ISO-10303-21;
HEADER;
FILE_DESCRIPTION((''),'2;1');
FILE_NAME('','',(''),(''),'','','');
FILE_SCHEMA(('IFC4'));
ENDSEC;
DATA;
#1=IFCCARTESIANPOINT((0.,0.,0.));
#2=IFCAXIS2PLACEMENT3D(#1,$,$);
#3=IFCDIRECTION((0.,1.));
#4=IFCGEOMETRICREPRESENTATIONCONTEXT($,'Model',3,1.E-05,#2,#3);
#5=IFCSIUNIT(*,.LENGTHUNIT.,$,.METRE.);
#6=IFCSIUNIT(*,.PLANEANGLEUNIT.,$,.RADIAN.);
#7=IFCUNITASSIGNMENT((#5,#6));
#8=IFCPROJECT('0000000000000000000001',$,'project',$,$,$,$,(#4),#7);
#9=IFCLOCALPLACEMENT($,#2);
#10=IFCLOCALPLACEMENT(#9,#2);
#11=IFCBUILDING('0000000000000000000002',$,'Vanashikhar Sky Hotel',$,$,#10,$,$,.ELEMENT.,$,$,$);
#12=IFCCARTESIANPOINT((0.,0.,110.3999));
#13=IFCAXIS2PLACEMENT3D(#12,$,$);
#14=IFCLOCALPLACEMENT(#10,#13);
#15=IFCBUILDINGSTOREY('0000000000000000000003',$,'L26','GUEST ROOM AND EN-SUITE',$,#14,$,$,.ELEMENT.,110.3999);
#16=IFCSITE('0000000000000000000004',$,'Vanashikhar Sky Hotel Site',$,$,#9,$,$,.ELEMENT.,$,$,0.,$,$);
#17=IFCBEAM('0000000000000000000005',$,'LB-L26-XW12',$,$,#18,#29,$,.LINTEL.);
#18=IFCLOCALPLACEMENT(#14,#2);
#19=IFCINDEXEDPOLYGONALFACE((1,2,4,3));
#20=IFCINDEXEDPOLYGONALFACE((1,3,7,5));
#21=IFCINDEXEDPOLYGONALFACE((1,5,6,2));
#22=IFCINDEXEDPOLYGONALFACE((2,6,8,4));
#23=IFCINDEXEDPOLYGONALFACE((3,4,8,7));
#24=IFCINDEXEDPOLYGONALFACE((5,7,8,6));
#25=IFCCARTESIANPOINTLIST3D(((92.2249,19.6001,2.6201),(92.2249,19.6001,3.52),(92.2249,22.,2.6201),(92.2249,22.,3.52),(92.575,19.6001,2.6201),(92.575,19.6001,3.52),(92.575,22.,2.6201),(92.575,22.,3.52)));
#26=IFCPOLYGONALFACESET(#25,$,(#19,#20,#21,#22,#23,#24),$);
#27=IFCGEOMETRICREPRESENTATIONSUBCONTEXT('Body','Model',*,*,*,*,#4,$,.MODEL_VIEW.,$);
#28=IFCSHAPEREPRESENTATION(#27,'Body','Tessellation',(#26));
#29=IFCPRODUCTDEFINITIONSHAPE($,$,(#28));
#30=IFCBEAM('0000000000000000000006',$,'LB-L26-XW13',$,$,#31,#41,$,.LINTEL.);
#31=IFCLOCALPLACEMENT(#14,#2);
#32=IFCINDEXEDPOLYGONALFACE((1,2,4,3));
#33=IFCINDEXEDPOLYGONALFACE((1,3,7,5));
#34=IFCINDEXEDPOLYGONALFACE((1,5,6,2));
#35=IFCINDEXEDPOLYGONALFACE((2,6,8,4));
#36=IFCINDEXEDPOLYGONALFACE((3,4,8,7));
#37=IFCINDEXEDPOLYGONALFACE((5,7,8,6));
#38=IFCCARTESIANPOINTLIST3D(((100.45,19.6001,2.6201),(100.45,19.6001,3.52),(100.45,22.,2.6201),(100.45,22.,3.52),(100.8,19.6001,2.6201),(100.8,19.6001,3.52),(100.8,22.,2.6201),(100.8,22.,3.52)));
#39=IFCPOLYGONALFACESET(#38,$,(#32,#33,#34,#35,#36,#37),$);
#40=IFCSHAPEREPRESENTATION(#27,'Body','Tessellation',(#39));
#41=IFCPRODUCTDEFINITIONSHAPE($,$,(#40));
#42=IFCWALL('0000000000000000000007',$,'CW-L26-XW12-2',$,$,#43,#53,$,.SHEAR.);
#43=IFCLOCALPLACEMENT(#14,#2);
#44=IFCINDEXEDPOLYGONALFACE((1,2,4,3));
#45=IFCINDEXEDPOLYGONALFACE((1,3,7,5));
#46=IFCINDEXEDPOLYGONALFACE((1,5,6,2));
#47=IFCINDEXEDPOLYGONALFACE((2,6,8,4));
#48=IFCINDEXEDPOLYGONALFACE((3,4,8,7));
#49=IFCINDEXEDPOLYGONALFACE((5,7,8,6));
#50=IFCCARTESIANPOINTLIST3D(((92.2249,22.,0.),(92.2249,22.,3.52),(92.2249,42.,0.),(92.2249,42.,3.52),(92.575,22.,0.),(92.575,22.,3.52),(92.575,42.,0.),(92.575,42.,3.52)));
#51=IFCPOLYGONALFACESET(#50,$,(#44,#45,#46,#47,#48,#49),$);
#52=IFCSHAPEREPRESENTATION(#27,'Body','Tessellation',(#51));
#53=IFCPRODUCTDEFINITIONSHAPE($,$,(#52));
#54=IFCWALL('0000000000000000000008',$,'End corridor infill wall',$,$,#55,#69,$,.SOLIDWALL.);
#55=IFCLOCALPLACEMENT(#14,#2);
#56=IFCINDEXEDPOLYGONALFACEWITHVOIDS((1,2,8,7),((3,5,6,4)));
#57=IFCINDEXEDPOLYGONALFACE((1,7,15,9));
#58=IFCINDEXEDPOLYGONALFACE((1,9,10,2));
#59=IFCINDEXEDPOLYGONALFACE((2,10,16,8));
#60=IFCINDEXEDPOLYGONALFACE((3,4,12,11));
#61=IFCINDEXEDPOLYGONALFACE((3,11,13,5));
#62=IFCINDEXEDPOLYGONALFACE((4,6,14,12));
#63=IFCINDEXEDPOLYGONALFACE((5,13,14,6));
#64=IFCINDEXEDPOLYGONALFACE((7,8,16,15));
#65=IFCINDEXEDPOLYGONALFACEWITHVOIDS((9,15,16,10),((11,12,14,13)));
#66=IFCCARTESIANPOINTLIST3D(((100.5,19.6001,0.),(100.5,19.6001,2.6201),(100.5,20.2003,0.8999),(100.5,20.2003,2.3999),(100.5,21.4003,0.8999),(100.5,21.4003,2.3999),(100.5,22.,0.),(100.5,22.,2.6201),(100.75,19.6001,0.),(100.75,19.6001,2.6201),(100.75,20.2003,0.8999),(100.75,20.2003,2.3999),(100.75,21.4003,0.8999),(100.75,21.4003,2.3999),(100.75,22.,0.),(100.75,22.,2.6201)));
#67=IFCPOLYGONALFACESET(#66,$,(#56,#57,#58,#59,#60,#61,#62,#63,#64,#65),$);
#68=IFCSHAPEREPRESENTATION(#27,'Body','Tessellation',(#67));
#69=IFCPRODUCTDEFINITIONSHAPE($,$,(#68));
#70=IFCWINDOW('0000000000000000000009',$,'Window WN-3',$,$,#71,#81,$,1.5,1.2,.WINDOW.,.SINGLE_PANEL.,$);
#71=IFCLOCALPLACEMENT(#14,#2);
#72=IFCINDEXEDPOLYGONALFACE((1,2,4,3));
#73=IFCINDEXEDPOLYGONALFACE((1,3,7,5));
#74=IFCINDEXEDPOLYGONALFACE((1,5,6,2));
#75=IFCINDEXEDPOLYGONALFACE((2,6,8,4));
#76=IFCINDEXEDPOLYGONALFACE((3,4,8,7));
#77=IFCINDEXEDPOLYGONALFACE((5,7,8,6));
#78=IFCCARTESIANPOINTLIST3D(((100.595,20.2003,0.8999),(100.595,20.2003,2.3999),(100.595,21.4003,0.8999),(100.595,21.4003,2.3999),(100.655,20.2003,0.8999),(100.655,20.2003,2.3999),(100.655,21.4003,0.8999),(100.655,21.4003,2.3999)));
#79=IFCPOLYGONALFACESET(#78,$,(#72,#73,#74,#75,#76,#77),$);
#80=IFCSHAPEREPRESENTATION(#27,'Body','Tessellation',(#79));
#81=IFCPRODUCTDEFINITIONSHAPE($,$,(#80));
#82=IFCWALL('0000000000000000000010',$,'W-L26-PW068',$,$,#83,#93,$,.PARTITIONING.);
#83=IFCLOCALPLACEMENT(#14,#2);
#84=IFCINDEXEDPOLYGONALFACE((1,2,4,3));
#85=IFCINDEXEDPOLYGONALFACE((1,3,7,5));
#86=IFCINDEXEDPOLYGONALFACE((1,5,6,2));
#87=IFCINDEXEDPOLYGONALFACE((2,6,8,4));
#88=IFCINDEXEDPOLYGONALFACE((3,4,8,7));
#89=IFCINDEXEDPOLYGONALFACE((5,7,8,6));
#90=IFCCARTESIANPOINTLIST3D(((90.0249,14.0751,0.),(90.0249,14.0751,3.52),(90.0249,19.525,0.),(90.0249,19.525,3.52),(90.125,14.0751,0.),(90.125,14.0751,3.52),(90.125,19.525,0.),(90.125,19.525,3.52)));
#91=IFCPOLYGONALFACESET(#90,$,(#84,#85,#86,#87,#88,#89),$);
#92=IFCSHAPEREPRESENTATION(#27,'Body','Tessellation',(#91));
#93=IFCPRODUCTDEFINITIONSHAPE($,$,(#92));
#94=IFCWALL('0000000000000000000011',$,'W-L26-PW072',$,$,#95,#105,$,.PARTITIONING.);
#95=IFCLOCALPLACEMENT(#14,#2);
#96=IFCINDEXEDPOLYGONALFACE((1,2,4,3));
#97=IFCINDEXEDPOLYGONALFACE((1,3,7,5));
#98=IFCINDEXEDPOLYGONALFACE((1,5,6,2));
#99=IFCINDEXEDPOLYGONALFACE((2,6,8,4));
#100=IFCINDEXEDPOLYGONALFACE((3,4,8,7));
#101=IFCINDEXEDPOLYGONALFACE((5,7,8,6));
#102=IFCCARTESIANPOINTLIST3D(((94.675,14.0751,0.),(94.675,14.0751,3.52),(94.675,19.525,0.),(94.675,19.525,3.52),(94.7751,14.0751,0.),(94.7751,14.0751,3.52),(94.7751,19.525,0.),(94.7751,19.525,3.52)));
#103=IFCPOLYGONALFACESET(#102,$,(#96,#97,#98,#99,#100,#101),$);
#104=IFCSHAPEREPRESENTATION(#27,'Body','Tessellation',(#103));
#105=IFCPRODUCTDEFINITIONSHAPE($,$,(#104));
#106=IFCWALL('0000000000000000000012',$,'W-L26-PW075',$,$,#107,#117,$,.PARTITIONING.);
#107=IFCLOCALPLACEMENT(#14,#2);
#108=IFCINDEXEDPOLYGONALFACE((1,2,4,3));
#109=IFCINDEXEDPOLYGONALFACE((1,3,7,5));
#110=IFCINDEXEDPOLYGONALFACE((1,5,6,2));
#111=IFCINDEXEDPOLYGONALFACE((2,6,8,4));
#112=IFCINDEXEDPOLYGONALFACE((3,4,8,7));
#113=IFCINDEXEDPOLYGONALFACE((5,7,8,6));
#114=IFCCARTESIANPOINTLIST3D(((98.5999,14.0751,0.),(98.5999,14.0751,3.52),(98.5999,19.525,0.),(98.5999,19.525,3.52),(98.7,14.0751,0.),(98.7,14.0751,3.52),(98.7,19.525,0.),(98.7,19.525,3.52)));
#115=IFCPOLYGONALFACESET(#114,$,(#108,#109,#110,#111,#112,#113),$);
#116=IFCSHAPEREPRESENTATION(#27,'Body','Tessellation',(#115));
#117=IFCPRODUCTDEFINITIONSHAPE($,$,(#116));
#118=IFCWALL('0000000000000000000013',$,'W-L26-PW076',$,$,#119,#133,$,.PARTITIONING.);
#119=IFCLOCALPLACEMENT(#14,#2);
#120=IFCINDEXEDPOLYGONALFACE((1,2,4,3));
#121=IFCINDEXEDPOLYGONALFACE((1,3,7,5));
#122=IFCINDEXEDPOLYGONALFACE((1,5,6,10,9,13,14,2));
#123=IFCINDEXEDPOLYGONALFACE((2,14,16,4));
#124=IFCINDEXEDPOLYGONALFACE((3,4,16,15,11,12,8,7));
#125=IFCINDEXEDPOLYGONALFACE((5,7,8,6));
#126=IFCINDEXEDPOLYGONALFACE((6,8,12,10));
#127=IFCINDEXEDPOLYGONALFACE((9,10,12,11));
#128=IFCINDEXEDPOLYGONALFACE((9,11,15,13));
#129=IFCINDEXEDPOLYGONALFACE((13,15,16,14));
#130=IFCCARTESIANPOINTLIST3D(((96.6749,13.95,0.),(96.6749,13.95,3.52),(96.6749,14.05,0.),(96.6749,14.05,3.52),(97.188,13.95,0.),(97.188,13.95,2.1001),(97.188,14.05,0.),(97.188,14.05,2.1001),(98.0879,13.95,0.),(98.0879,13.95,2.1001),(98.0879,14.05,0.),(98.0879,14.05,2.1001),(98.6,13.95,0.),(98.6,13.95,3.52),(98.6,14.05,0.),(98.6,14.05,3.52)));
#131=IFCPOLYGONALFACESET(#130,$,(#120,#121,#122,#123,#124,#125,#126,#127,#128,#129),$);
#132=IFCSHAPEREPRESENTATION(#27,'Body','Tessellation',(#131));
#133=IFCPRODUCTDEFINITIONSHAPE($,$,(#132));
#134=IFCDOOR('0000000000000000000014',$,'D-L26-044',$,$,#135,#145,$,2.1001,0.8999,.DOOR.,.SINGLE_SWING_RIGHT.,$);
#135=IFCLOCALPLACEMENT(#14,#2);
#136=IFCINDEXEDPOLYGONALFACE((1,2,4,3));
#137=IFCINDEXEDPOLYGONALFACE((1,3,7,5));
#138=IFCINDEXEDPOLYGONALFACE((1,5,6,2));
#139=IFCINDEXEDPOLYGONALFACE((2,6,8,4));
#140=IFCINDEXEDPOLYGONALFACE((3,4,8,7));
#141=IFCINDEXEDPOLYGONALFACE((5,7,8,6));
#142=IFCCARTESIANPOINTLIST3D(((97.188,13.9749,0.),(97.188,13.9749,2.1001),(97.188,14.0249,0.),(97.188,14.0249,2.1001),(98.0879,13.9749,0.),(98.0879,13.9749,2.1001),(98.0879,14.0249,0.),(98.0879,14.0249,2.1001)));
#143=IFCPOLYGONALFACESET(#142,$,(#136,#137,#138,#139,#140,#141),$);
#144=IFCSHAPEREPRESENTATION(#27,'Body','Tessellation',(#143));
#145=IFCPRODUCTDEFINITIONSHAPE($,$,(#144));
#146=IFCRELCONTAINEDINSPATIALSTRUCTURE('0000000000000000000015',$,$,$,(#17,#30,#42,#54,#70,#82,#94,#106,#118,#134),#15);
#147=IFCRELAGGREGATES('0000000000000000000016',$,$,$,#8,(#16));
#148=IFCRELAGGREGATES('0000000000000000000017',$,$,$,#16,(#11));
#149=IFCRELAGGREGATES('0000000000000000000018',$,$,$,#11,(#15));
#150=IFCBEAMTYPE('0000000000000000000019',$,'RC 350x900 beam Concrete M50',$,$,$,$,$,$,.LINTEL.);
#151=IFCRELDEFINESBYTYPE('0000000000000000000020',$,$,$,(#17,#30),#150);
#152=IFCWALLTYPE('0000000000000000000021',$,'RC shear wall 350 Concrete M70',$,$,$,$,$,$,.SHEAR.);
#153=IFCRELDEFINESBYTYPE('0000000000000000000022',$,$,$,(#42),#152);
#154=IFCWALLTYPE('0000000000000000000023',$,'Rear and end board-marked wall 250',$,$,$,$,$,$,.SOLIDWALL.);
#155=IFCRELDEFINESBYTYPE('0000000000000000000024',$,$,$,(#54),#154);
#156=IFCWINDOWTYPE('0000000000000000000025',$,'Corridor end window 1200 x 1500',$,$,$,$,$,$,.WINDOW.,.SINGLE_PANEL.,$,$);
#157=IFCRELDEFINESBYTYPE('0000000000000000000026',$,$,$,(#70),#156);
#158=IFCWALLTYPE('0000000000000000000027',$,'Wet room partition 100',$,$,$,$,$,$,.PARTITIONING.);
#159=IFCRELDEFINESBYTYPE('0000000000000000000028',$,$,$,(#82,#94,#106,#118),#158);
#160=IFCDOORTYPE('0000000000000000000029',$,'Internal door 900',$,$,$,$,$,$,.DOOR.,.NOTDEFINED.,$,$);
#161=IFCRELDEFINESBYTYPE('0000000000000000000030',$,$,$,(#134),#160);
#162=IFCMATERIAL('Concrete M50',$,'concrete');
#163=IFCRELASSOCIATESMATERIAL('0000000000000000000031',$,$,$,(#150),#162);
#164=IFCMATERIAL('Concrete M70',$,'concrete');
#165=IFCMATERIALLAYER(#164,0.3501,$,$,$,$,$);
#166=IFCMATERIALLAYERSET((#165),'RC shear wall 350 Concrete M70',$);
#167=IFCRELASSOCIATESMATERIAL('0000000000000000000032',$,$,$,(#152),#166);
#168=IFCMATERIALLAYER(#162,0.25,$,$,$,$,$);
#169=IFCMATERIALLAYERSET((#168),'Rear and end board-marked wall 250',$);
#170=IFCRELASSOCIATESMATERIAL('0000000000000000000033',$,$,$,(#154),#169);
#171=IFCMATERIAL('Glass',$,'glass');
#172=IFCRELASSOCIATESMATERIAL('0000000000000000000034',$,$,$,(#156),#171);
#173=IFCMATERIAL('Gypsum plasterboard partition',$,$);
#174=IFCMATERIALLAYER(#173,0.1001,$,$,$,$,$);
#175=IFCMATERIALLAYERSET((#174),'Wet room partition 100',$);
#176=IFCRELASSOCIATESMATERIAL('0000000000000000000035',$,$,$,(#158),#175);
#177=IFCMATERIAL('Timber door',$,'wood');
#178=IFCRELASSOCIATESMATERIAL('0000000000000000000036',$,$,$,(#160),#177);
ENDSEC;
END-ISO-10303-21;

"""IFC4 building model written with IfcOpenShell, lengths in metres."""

from ifc_helpers import new_model, si_unit, direction, frame, frame_2d, origin, origin_2d, place, context, subcontext, project, spatial, rectangle, extrude, source, transform, mapped, material, layer, layer_set, material_profile, profile_set, type_object, element, fill, save


model = new_model("IFC4")

# Units and contexts
model_context = context("Model", 3, precision=1e-05, world=origin(), true_north=direction((0.0, 1.0)))
body_context = subcontext(model_context, "Body", "Model", "MODEL_VIEW")
ifc_project = project(units=[si_unit("LENGTHUNIT", "METRE"), si_unit("PLANEANGLEUNIT", "RADIAN")], contexts=[model_context])

# Site, building, storey
site_placement = place(None, origin())
site = spatial("IfcSite", under=ifc_project, at=site_placement, Name="Vanashikhar Sky Hotel Site", CompositionType="ELEMENT", RefElevation=0.0)
building_placement = place(site_placement, origin())
building = spatial("IfcBuilding", under=site, at=building_placement, Name="Vanashikhar Sky Hotel", CompositionType="ELEMENT")
storey_placement = place(building_placement, frame((0.0, 0.0, 110.3999)))
storey = spatial("IfcBuildingStorey", under=building, at=storey_placement, Name="L26", Description="GUEST ROOM AND EN-SUITE", CompositionType="ELEMENT", Elevation=110.3999)

# Beams
ifc_material_1 = material(Name="Concrete M50", Category="concrete")
ifc_material_profile = material_profile(ifc_material_1, rectangle(XDim=0.3501, YDim=0.8999, at=origin_2d()))
ifc_profile_set = profile_set([ifc_material_profile], Name="RC 350x900 beam Concrete M50")
beam_type = type_object("IfcBeamType", Name="RC 350x900 beam Concrete M50", PredefinedType="LINTEL", material=ifc_profile_set)
shared_shape_1 = source(origin(), body_context, "Body", "SweptSolid", [
    extrude(rectangle(XDim=0.3501, YDim=0.8999, at=origin_2d()), origin(), (0.0, 0.0, 1.0), 2.3999),
])
for number, where, z_axis, x_axis, name in (
    (1, (92.3999, 19.6001, 3.0701), (0.0, 1.0, 0.0), (-1.0, 0.0, 0.0), "LB-L26-XW12"),
    (2, (100.625, 19.6001, 3.0701), (0.0, 1.0, 0.0), (-1.0, 0.0, 0.0), "LB-L26-XW13"),
):
    element("IfcBeam", number, at=place(storey_placement, frame(where, z_axis=z_axis, x_axis=x_axis)), inside=storey, type_object=beam_type, Name=name, PredefinedType="LINTEL", context=body_context, shape_type="MappedRepresentation", body=[
        mapped(shared_shape_1, transform((0.0, 0.0, 0.0), scale=1.0)),
    ])

# Wall
ifc_material_2 = material(Name="Concrete M70", Category="concrete")
ifc_layer_1 = layer(ifc_material_2, 0.3501)
ifc_layer_set_1 = layer_set([ifc_layer_1], Name="RC shear wall 350 Concrete M70")
wall_type_1 = type_object("IfcWallType", Name="RC shear wall 350 Concrete M70", PredefinedType="SHEAR", material=ifc_layer_set_1)
shared_shape_2 = source(origin(), body_context, "Body", "SweptSolid", [
    extrude(rectangle(XDim=20.0, YDim=0.3501, at=frame_2d((10.0, 0.0))), origin(), (0.0, 0.0, 1.0), 3.52),
])
wall_1_placement = place(storey_placement, frame((92.3999, 22.0, 0.0), z_axis=(0.0, 0.0, 1.0), x_axis=(0.0, 1.0, 0.0)))
element("IfcWall", 3, at=wall_1_placement, inside=storey, type_object=wall_type_1, Name="CW-L26-XW12-2", PredefinedType="SHEAR", context=body_context, shape_type="MappedRepresentation", body=[
    mapped(shared_shape_2, transform((0.0, 0.0, 0.0), scale=1.0)),
])

# Wall, opening, window
ifc_layer_2 = layer(ifc_material_1, 0.25)
ifc_layer_set_2 = layer_set([ifc_layer_2], Name="Rear and end board-marked wall 250")
wall_type_2 = type_object("IfcWallType", Name="Rear and end board-marked wall 250", PredefinedType="SOLIDWALL", material=ifc_layer_set_2)
shared_shape_3 = source(origin(), body_context, "Body", "SweptSolid", [
    extrude(rectangle(XDim=2.3999, YDim=0.25, at=frame_2d((1.2, 0.0))), origin(), (0.0, 0.0, 1.0), 2.6201),
])
wall_2_placement = place(storey_placement, frame((100.625, 19.6001, 0.0), z_axis=(0.0, 0.0, 1.0), x_axis=(0.0, 1.0, 0.0)))
wall_2 = element("IfcWall", 4, at=wall_2_placement, inside=storey, type_object=wall_type_2, Name="End corridor infill wall", PredefinedType="SOLIDWALL", context=body_context, shape_type="MappedRepresentation", body=[
    mapped(shared_shape_3, transform((0.0, 0.0, 0.0), scale=1.0)),
])
shared_shape_4 = source(origin(), body_context, "Body", "SweptSolid", [
    extrude(rectangle(XDim=1.2, YDim=1.5, at=frame_2d((0.6001, 0.75))), frame((0.0, 0.135, 0.0), z_axis=(0.0, -1.0, 0.0), x_axis=(1.0, 0.0, 0.0)), (0.0, 0.0, 1.0), 0.27),
])
opening_1_placement = place(wall_2_placement, frame((0.6001, 0.0, 0.8999)))
opening_1 = element("IfcOpeningElement", 5, at=opening_1_placement, cuts=wall_2, PredefinedType="OPENING", context=body_context, shape_type="MappedRepresentation", body=[
    mapped(shared_shape_4, transform((0.0, 0.0, 0.0), scale=1.0)),
])
ifc_material_3 = material(Name="Glass", Category="glass")
window_type = type_object("IfcWindowType", Name="Corridor end window 1200 x 1500", PartitioningType="SINGLE_PANEL", PredefinedType="WINDOW", material=ifc_material_3)
shared_shape_5 = source(origin(), body_context, "Body", "SweptSolid", [
    extrude(rectangle(XDim=1.2, YDim=1.5, at=frame_2d((0.6001, 0.75))), frame((0.0, 0.03, 0.0), z_axis=(0.0, -1.0, 0.0), x_axis=(1.0, 0.0, 0.0)), (0.0, 0.0, 1.0), 0.0601),
])
window_placement = place(opening_1_placement, origin())
window = element("IfcWindow", 6, at=window_placement, inside=storey, type_object=window_type, Name="Window WN-3", OverallHeight=1.5, OverallWidth=1.2, PartitioningType="SINGLE_PANEL", PredefinedType="WINDOW", context=body_context, shape_type="MappedRepresentation", body=[
    mapped(shared_shape_5, transform((0.0, 0.0, 0.0), scale=1.0)),
])
fill(opening_1, window)

# Walls
ifc_material_4 = material(Name="Gypsum plasterboard partition")
ifc_layer_3 = layer(ifc_material_4, 0.1001)
ifc_layer_set_3 = layer_set([ifc_layer_3], Name="Wet room partition 100")
wall_type_3 = type_object("IfcWallType", Name="Wet room partition 100", PredefinedType="PARTITIONING", material=ifc_layer_set_3)
shared_shape_6 = source(origin(), body_context, "Body", "SweptSolid", [
    extrude(rectangle(XDim=5.45, YDim=0.1001, at=frame_2d((2.7251, 0.0))), origin(), (0.0, 0.0, 1.0), 3.52),
])
for number, where, z_axis, x_axis, name in (
    (7, (90.075, 14.075, 0.0), (0.0, 0.0, 1.0), (0.0, 1.0, 0.0), "W-L26-PW068"),
    (8, (94.7251, 14.075, 0.0), (0.0, 0.0, 1.0), (0.0, 1.0, 0.0), "W-L26-PW072"),
    (9, (98.6499, 14.075, 0.0), (0.0, 0.0, 1.0), (0.0, 1.0, 0.0), "W-L26-PW075"),
):
    element("IfcWall", number, at=place(storey_placement, frame(where, z_axis=z_axis, x_axis=x_axis)), inside=storey, type_object=wall_type_3, Name=name, PredefinedType="PARTITIONING", context=body_context, shape_type="MappedRepresentation", body=[
        mapped(shared_shape_6, transform((0.0, 0.0, 0.0), scale=1.0)),
    ])

# Wall, opening, door
shared_shape_7 = source(origin(), body_context, "Body", "SweptSolid", [
    extrude(rectangle(XDim=1.925, YDim=0.1001, at=frame_2d((0.9624, 0.0))), origin(), (0.0, 0.0, 1.0), 3.52),
])
wall_3_placement = place(storey_placement, frame((96.675, 14.0, 0.0), z_axis=(0.0, 0.0, 1.0), x_axis=(1.0, 0.0, 0.0)))
wall_3 = element("IfcWall", 10, at=wall_3_placement, inside=storey, type_object=wall_type_3, Name="W-L26-PW076", PredefinedType="PARTITIONING", context=body_context, shape_type="MappedRepresentation", body=[
    mapped(shared_shape_7, transform((0.0, 0.0, 0.0), scale=1.0)),
])
shared_shape_8 = source(origin(), body_context, "Body", "SweptSolid", [
    extrude(rectangle(XDim=0.8999, YDim=2.1001, at=frame_2d((0.45, 1.05))), frame((0.0, 0.0601, 0.0), z_axis=(0.0, -1.0, 0.0), x_axis=(1.0, 0.0, 0.0)), (0.0, 0.0, 1.0), 0.1201),
])
opening_2_placement = place(wall_3_placement, frame((0.5129, 0.0, 0.0)))
opening_2 = element("IfcOpeningElement", 11, at=opening_2_placement, cuts=wall_3, PredefinedType="OPENING", context=body_context, shape_type="MappedRepresentation", body=[
    mapped(shared_shape_8, transform((0.0, 0.0, 0.0), scale=1.0)),
])
ifc_material_5 = material(Name="Timber door", Category="wood")
door_type_1 = type_object("IfcDoorType", Name="Internal door 900", OperationType="NOTDEFINED", PredefinedType="DOOR", material=ifc_material_5)
shared_shape_9 = source(origin(), body_context, "Body", "SweptSolid", [
    extrude(rectangle(XDim=0.8999, YDim=2.1001, at=frame_2d((0.45, 1.05))), frame((0.0, 0.0249, 0.0), z_axis=(0.0, -1.0, 0.0), x_axis=(1.0, 0.0, 0.0)), (0.0, 0.0, 1.0), 0.05),
])
door_1_placement = place(opening_2_placement, origin())
door_1 = element("IfcDoor", 12, at=door_1_placement, inside=storey, type_object=door_type_1, Name="D-L26-044", OperationType="SINGLE_SWING_RIGHT", OverallHeight=2.1001, OverallWidth=0.8999, PredefinedType="DOOR", context=body_context, shape_type="MappedRepresentation", body=[
    mapped(shared_shape_9, transform((0.0, 0.0, 0.0), scale=1.0)),
])
fill(opening_2, door_1)

save(model, "model.ifc")
